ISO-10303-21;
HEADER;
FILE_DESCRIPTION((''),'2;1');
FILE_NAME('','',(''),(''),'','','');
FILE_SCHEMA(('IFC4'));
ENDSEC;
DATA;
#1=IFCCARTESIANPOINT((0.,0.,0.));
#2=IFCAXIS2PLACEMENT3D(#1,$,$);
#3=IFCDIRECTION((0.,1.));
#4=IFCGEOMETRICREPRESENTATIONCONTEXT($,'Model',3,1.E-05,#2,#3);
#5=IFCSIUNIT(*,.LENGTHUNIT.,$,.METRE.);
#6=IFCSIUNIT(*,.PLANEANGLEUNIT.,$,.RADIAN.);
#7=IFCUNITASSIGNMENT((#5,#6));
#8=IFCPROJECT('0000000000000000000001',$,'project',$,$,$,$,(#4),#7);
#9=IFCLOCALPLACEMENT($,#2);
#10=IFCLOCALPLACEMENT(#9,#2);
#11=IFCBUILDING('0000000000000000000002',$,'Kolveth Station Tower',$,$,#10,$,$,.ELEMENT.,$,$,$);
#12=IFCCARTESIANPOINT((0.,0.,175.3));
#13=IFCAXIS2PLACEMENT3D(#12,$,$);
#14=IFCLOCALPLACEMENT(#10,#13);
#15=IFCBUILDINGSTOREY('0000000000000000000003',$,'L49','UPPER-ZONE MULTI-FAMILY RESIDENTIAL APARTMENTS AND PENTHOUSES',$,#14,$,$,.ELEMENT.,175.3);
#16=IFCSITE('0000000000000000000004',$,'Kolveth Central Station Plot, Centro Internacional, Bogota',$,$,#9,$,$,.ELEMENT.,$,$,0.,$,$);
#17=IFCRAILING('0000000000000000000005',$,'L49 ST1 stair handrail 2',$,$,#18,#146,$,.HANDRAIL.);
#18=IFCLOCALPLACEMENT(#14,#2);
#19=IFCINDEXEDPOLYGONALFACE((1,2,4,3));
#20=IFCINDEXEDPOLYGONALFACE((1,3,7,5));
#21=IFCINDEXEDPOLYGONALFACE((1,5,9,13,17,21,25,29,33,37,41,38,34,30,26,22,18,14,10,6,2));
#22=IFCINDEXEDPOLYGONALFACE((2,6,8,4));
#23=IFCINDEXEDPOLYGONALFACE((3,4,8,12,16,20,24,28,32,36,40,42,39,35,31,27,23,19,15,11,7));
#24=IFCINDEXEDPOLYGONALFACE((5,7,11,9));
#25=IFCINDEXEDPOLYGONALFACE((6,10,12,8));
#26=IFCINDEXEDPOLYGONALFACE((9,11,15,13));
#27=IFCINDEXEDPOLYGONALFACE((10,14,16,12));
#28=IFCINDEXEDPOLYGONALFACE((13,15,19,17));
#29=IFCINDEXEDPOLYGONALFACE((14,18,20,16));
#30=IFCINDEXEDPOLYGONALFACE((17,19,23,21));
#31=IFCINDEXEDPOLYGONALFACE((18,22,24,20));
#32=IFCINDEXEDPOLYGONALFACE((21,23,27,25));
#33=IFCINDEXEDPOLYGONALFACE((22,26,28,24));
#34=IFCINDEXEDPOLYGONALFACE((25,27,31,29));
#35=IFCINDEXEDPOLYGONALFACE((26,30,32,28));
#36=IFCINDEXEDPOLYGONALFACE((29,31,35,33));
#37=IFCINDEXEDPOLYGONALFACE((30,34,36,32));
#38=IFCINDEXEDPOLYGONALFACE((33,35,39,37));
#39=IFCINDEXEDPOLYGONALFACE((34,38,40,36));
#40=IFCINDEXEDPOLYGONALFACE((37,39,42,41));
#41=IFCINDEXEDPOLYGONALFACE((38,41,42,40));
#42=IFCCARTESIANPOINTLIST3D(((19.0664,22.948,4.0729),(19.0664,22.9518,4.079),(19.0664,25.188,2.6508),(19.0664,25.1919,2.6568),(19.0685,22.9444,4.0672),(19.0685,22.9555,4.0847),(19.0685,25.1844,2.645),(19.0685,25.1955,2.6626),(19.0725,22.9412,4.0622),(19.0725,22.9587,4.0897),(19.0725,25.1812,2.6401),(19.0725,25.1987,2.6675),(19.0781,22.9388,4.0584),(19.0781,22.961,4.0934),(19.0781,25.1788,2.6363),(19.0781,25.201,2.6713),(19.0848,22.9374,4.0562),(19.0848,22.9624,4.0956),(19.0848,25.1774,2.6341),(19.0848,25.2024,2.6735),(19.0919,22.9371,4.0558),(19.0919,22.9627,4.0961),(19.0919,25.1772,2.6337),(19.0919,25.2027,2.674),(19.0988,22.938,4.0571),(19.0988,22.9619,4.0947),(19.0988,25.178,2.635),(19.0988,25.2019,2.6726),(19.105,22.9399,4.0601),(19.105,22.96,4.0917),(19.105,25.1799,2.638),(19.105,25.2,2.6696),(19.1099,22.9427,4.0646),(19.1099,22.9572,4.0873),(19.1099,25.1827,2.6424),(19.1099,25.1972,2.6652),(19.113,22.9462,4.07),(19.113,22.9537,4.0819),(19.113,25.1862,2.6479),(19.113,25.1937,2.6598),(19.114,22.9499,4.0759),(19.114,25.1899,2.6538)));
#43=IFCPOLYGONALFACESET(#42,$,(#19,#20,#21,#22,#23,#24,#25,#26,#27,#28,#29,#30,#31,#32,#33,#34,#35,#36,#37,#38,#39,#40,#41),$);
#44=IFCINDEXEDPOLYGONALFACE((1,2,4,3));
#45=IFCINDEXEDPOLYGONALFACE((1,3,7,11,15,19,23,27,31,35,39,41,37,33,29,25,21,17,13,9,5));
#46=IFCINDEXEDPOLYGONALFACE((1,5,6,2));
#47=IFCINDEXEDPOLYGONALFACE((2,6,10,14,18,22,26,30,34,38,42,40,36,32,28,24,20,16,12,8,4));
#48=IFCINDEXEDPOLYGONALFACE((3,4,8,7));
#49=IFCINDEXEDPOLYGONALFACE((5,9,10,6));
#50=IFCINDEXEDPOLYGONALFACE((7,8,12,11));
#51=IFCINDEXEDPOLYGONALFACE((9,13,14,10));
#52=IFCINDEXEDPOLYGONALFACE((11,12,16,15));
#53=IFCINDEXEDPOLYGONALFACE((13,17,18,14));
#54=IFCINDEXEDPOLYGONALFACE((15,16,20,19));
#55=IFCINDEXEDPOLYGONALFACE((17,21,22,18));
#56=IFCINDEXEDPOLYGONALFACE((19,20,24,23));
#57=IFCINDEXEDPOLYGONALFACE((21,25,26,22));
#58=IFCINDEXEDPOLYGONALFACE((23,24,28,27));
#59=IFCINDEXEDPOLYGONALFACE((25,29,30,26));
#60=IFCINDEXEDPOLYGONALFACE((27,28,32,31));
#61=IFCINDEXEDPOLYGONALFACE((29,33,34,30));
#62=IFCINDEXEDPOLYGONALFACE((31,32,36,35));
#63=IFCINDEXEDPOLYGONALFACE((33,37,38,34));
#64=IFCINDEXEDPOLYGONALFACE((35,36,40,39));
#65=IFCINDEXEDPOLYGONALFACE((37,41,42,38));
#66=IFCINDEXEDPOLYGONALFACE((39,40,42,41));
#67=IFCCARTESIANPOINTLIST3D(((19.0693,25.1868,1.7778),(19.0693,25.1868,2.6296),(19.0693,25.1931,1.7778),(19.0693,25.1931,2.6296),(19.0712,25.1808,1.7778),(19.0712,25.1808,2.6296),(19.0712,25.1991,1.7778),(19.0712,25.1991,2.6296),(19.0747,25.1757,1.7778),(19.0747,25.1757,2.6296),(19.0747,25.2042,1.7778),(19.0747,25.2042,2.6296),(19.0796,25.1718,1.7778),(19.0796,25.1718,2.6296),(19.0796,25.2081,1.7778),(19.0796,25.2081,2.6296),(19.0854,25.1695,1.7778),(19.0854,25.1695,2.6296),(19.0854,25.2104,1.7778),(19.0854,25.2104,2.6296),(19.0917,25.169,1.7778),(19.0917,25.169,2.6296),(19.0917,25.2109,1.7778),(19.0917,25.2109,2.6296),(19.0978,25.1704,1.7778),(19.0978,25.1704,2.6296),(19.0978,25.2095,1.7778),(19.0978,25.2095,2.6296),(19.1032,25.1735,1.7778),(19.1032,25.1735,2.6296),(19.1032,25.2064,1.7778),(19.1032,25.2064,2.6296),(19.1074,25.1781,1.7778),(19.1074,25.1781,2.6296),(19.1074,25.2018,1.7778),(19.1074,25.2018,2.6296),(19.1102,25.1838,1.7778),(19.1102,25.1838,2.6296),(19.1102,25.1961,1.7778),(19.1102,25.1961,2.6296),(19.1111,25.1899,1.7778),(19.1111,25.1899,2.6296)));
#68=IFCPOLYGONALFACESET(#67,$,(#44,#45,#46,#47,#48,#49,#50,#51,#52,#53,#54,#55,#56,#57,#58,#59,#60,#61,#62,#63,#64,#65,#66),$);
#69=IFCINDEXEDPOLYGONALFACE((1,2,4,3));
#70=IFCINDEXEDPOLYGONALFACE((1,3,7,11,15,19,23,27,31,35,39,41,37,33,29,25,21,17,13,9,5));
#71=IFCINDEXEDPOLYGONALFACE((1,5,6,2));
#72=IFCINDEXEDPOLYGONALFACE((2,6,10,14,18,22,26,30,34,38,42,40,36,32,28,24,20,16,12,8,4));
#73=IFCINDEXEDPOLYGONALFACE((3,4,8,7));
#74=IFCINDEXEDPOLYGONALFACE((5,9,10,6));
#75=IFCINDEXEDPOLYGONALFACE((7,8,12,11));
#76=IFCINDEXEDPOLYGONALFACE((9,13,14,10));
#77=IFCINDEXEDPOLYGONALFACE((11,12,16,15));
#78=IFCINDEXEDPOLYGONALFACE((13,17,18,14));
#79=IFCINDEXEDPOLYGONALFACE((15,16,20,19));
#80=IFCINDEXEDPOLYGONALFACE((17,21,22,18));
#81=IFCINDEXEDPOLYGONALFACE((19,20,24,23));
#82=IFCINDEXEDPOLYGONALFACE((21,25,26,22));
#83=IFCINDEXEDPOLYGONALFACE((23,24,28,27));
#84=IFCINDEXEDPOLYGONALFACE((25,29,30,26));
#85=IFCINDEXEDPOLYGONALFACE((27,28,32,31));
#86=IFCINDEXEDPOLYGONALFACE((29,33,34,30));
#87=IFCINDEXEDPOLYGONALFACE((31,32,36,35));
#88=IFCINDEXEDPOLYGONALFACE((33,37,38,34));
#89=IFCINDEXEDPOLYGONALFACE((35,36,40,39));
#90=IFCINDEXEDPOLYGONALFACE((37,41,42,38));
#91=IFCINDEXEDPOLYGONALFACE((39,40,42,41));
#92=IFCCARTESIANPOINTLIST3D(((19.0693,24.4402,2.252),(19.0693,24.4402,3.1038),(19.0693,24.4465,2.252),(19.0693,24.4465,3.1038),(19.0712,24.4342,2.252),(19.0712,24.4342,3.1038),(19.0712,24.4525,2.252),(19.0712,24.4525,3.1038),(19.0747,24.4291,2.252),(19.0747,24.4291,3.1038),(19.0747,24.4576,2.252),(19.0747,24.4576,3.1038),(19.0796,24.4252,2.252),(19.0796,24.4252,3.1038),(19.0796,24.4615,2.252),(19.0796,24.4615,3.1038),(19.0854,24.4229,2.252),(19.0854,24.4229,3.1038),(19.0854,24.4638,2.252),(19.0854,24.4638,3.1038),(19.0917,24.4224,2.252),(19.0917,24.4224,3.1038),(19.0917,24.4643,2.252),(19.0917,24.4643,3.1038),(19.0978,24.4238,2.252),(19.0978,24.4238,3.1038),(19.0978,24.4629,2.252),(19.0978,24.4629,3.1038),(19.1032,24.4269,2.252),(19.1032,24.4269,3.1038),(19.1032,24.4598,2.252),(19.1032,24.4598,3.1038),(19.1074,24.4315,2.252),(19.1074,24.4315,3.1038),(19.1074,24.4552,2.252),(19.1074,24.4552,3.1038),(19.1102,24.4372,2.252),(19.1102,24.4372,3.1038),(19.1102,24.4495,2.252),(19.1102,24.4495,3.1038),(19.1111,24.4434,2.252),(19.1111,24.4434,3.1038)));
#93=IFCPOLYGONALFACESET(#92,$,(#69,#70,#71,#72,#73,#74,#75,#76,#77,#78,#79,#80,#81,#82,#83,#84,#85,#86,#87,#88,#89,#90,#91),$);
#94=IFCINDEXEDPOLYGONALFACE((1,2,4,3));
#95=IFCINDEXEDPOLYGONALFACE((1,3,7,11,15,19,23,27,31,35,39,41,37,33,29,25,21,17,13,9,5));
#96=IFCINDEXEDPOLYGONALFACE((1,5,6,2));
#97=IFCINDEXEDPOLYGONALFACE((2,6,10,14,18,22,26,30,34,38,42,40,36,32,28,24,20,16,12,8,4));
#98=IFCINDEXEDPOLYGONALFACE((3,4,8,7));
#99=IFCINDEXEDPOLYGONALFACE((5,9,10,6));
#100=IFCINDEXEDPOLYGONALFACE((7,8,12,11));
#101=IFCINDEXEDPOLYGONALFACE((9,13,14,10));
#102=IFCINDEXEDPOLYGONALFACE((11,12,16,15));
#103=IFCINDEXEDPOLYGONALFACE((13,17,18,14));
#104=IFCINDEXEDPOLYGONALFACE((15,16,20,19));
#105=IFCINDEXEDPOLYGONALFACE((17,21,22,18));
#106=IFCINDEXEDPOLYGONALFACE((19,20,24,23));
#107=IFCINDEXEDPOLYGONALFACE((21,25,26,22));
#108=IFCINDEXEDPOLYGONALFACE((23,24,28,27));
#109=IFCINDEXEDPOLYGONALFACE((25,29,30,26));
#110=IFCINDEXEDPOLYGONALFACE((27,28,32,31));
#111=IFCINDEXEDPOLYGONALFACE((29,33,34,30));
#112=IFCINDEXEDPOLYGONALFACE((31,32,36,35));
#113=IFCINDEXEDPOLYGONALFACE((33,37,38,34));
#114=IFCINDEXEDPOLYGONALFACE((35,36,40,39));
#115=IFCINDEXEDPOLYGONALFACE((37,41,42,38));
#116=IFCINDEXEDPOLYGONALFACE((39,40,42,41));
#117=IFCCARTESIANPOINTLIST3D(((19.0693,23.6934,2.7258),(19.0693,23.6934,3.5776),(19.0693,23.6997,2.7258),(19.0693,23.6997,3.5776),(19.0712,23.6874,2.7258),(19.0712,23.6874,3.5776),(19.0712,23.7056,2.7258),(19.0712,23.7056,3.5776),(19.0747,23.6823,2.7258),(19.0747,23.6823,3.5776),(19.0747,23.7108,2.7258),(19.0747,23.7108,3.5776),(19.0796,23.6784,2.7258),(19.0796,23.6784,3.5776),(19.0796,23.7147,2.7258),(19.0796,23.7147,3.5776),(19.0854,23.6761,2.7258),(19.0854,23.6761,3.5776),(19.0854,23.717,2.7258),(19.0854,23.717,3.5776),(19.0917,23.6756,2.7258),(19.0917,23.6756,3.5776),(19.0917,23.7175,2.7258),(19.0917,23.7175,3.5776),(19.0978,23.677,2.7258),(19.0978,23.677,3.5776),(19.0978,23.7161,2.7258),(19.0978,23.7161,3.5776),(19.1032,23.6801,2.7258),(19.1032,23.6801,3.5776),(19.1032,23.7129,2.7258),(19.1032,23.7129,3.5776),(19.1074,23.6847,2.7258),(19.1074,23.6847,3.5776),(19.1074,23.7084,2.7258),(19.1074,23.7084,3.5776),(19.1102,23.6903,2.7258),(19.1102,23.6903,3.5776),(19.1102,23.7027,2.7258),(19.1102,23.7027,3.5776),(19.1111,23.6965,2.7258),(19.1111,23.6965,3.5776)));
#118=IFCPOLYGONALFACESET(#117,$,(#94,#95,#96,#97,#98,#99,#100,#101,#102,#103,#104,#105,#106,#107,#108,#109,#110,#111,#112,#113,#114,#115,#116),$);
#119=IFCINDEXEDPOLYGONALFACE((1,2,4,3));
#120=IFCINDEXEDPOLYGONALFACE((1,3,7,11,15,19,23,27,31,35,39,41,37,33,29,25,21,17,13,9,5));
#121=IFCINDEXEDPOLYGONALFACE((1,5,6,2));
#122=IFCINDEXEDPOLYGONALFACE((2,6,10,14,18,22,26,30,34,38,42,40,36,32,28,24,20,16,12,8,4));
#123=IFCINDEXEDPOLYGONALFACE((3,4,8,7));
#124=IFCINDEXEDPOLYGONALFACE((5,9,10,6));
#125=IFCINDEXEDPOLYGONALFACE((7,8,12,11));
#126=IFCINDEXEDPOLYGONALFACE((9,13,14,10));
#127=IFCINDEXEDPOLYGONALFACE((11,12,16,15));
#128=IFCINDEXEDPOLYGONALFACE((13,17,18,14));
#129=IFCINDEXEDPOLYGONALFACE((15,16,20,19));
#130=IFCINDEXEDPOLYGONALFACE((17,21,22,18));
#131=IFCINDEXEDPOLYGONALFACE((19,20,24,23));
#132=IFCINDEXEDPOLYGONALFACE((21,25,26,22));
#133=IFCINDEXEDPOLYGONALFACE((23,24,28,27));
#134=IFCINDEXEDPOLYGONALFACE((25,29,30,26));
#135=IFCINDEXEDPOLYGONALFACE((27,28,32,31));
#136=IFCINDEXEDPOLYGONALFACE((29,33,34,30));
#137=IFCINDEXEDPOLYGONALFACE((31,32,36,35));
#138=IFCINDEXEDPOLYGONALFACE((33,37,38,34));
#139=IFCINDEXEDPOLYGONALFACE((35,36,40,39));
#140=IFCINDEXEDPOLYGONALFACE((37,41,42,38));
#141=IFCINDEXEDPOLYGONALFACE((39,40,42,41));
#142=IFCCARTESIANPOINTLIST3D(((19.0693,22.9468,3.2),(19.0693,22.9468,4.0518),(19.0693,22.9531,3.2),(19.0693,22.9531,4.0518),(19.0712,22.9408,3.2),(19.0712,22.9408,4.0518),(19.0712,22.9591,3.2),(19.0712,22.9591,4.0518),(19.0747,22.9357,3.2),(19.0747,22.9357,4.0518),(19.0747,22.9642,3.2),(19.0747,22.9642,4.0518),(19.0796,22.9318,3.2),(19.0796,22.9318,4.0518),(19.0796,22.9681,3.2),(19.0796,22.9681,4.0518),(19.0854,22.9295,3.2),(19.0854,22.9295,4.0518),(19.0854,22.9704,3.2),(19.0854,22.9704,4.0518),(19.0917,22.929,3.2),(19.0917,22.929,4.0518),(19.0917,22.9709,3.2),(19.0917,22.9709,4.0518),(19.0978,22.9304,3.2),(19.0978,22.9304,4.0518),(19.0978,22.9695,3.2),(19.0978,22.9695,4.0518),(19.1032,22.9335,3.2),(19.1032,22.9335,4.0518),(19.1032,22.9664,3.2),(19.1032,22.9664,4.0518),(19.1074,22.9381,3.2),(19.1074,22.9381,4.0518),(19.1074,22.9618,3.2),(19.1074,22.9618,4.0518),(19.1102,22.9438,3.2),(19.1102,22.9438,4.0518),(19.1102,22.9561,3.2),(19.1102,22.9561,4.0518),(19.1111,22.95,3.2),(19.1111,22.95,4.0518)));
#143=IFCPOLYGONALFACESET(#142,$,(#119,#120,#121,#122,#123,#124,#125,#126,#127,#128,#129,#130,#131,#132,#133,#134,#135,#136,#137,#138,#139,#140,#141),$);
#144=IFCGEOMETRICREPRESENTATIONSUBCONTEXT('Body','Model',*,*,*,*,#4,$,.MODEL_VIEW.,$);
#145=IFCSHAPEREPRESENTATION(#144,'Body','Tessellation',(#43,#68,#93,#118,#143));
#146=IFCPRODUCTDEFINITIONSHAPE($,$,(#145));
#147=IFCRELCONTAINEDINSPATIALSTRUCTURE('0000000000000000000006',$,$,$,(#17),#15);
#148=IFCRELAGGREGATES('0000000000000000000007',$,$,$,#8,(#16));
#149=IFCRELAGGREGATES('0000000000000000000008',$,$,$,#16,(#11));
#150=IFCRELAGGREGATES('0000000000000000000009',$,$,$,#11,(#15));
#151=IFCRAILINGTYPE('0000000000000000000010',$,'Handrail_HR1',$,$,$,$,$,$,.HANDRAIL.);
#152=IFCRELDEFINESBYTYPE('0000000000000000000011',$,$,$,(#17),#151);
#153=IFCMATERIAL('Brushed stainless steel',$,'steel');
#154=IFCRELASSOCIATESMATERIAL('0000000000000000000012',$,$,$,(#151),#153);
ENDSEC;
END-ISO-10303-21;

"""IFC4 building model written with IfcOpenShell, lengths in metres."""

from ifc_helpers import new_model, si_unit, direction, frame, origin, origin_2d, place, context, subcontext, project, spatial, circle, extrude, material, type_object, element, save


model = new_model("IFC4")

# Units and contexts
model_context = context("Model", 3, precision=1e-05, world=origin(), true_north=direction((0.0, 1.0)))
body_context = subcontext(model_context, "Body", "Model", "MODEL_VIEW")
ifc_project = project(units=[si_unit("LENGTHUNIT", "METRE"), si_unit("PLANEANGLEUNIT", "RADIAN")], contexts=[model_context])

# Site, building, storey
site_placement = place(None, origin())
site = spatial("IfcSite", under=ifc_project, at=site_placement, Name="Kolveth Central Station Plot, Centro Internacional, Bogota", CompositionType="ELEMENT", RefElevation=0.0)
building_placement = place(site_placement, origin())
building = spatial("IfcBuilding", under=site, at=building_placement, Name="Kolveth Station Tower", CompositionType="ELEMENT")
storey_placement = place(building_placement, frame((0.0, 0.0, 175.3)))
storey = spatial("IfcBuildingStorey", under=building, at=storey_placement, Name="L49", Description="UPPER-ZONE MULTI-FAMILY RESIDENTIAL APARTMENTS AND PENTHOUSES", CompositionType="ELEMENT", Elevation=175.3)

# Railing
ifc_material_1 = material(Name="Brushed stainless steel", Category="steel")
railing_type_1 = type_object("IfcRailingType", Name="Handrail_HR1", PredefinedType="HANDRAIL", material=ifc_material_1)
railing_1_placement = place(storey_placement, frame((19.0901, 25.1899, 1.7778)))
element("IfcRailing", 1, at=railing_1_placement, inside=storey, type_object=railing_type_1, Name="L49 ST1 stair handrail 2", PredefinedType="HANDRAIL", context=body_context, shape_type="SweptSolid", body=[
    extrude(circle(Radius=0.0239, at=origin_2d()), frame((0.0, 0.0, 0.876), z_axis=(0.0, -0.844229, 0.535982), x_axis=(1.0, 0.0, 0.0)), (0.0, 0.0, 1.0), 2.6533),
    extrude(circle(Radius=0.021, at=origin_2d()), origin(), (0.0, 0.0, 1.0), 0.8518),
    extrude(circle(Radius=0.021, at=origin_2d()), frame((0.0, -0.7466, 0.4741)), (0.0, 0.0, 1.0), 0.8518),
    extrude(circle(Radius=0.021, at=origin_2d()), frame((0.0, -1.4934, 0.948)), (0.0, 0.0, 1.0), 0.8518),
    extrude(circle(Radius=0.021, at=origin_2d()), frame((0.0, -2.24, 1.4221)), (0.0, 0.0, 1.0), 0.8518),
])

save(model, "model.ifc")
